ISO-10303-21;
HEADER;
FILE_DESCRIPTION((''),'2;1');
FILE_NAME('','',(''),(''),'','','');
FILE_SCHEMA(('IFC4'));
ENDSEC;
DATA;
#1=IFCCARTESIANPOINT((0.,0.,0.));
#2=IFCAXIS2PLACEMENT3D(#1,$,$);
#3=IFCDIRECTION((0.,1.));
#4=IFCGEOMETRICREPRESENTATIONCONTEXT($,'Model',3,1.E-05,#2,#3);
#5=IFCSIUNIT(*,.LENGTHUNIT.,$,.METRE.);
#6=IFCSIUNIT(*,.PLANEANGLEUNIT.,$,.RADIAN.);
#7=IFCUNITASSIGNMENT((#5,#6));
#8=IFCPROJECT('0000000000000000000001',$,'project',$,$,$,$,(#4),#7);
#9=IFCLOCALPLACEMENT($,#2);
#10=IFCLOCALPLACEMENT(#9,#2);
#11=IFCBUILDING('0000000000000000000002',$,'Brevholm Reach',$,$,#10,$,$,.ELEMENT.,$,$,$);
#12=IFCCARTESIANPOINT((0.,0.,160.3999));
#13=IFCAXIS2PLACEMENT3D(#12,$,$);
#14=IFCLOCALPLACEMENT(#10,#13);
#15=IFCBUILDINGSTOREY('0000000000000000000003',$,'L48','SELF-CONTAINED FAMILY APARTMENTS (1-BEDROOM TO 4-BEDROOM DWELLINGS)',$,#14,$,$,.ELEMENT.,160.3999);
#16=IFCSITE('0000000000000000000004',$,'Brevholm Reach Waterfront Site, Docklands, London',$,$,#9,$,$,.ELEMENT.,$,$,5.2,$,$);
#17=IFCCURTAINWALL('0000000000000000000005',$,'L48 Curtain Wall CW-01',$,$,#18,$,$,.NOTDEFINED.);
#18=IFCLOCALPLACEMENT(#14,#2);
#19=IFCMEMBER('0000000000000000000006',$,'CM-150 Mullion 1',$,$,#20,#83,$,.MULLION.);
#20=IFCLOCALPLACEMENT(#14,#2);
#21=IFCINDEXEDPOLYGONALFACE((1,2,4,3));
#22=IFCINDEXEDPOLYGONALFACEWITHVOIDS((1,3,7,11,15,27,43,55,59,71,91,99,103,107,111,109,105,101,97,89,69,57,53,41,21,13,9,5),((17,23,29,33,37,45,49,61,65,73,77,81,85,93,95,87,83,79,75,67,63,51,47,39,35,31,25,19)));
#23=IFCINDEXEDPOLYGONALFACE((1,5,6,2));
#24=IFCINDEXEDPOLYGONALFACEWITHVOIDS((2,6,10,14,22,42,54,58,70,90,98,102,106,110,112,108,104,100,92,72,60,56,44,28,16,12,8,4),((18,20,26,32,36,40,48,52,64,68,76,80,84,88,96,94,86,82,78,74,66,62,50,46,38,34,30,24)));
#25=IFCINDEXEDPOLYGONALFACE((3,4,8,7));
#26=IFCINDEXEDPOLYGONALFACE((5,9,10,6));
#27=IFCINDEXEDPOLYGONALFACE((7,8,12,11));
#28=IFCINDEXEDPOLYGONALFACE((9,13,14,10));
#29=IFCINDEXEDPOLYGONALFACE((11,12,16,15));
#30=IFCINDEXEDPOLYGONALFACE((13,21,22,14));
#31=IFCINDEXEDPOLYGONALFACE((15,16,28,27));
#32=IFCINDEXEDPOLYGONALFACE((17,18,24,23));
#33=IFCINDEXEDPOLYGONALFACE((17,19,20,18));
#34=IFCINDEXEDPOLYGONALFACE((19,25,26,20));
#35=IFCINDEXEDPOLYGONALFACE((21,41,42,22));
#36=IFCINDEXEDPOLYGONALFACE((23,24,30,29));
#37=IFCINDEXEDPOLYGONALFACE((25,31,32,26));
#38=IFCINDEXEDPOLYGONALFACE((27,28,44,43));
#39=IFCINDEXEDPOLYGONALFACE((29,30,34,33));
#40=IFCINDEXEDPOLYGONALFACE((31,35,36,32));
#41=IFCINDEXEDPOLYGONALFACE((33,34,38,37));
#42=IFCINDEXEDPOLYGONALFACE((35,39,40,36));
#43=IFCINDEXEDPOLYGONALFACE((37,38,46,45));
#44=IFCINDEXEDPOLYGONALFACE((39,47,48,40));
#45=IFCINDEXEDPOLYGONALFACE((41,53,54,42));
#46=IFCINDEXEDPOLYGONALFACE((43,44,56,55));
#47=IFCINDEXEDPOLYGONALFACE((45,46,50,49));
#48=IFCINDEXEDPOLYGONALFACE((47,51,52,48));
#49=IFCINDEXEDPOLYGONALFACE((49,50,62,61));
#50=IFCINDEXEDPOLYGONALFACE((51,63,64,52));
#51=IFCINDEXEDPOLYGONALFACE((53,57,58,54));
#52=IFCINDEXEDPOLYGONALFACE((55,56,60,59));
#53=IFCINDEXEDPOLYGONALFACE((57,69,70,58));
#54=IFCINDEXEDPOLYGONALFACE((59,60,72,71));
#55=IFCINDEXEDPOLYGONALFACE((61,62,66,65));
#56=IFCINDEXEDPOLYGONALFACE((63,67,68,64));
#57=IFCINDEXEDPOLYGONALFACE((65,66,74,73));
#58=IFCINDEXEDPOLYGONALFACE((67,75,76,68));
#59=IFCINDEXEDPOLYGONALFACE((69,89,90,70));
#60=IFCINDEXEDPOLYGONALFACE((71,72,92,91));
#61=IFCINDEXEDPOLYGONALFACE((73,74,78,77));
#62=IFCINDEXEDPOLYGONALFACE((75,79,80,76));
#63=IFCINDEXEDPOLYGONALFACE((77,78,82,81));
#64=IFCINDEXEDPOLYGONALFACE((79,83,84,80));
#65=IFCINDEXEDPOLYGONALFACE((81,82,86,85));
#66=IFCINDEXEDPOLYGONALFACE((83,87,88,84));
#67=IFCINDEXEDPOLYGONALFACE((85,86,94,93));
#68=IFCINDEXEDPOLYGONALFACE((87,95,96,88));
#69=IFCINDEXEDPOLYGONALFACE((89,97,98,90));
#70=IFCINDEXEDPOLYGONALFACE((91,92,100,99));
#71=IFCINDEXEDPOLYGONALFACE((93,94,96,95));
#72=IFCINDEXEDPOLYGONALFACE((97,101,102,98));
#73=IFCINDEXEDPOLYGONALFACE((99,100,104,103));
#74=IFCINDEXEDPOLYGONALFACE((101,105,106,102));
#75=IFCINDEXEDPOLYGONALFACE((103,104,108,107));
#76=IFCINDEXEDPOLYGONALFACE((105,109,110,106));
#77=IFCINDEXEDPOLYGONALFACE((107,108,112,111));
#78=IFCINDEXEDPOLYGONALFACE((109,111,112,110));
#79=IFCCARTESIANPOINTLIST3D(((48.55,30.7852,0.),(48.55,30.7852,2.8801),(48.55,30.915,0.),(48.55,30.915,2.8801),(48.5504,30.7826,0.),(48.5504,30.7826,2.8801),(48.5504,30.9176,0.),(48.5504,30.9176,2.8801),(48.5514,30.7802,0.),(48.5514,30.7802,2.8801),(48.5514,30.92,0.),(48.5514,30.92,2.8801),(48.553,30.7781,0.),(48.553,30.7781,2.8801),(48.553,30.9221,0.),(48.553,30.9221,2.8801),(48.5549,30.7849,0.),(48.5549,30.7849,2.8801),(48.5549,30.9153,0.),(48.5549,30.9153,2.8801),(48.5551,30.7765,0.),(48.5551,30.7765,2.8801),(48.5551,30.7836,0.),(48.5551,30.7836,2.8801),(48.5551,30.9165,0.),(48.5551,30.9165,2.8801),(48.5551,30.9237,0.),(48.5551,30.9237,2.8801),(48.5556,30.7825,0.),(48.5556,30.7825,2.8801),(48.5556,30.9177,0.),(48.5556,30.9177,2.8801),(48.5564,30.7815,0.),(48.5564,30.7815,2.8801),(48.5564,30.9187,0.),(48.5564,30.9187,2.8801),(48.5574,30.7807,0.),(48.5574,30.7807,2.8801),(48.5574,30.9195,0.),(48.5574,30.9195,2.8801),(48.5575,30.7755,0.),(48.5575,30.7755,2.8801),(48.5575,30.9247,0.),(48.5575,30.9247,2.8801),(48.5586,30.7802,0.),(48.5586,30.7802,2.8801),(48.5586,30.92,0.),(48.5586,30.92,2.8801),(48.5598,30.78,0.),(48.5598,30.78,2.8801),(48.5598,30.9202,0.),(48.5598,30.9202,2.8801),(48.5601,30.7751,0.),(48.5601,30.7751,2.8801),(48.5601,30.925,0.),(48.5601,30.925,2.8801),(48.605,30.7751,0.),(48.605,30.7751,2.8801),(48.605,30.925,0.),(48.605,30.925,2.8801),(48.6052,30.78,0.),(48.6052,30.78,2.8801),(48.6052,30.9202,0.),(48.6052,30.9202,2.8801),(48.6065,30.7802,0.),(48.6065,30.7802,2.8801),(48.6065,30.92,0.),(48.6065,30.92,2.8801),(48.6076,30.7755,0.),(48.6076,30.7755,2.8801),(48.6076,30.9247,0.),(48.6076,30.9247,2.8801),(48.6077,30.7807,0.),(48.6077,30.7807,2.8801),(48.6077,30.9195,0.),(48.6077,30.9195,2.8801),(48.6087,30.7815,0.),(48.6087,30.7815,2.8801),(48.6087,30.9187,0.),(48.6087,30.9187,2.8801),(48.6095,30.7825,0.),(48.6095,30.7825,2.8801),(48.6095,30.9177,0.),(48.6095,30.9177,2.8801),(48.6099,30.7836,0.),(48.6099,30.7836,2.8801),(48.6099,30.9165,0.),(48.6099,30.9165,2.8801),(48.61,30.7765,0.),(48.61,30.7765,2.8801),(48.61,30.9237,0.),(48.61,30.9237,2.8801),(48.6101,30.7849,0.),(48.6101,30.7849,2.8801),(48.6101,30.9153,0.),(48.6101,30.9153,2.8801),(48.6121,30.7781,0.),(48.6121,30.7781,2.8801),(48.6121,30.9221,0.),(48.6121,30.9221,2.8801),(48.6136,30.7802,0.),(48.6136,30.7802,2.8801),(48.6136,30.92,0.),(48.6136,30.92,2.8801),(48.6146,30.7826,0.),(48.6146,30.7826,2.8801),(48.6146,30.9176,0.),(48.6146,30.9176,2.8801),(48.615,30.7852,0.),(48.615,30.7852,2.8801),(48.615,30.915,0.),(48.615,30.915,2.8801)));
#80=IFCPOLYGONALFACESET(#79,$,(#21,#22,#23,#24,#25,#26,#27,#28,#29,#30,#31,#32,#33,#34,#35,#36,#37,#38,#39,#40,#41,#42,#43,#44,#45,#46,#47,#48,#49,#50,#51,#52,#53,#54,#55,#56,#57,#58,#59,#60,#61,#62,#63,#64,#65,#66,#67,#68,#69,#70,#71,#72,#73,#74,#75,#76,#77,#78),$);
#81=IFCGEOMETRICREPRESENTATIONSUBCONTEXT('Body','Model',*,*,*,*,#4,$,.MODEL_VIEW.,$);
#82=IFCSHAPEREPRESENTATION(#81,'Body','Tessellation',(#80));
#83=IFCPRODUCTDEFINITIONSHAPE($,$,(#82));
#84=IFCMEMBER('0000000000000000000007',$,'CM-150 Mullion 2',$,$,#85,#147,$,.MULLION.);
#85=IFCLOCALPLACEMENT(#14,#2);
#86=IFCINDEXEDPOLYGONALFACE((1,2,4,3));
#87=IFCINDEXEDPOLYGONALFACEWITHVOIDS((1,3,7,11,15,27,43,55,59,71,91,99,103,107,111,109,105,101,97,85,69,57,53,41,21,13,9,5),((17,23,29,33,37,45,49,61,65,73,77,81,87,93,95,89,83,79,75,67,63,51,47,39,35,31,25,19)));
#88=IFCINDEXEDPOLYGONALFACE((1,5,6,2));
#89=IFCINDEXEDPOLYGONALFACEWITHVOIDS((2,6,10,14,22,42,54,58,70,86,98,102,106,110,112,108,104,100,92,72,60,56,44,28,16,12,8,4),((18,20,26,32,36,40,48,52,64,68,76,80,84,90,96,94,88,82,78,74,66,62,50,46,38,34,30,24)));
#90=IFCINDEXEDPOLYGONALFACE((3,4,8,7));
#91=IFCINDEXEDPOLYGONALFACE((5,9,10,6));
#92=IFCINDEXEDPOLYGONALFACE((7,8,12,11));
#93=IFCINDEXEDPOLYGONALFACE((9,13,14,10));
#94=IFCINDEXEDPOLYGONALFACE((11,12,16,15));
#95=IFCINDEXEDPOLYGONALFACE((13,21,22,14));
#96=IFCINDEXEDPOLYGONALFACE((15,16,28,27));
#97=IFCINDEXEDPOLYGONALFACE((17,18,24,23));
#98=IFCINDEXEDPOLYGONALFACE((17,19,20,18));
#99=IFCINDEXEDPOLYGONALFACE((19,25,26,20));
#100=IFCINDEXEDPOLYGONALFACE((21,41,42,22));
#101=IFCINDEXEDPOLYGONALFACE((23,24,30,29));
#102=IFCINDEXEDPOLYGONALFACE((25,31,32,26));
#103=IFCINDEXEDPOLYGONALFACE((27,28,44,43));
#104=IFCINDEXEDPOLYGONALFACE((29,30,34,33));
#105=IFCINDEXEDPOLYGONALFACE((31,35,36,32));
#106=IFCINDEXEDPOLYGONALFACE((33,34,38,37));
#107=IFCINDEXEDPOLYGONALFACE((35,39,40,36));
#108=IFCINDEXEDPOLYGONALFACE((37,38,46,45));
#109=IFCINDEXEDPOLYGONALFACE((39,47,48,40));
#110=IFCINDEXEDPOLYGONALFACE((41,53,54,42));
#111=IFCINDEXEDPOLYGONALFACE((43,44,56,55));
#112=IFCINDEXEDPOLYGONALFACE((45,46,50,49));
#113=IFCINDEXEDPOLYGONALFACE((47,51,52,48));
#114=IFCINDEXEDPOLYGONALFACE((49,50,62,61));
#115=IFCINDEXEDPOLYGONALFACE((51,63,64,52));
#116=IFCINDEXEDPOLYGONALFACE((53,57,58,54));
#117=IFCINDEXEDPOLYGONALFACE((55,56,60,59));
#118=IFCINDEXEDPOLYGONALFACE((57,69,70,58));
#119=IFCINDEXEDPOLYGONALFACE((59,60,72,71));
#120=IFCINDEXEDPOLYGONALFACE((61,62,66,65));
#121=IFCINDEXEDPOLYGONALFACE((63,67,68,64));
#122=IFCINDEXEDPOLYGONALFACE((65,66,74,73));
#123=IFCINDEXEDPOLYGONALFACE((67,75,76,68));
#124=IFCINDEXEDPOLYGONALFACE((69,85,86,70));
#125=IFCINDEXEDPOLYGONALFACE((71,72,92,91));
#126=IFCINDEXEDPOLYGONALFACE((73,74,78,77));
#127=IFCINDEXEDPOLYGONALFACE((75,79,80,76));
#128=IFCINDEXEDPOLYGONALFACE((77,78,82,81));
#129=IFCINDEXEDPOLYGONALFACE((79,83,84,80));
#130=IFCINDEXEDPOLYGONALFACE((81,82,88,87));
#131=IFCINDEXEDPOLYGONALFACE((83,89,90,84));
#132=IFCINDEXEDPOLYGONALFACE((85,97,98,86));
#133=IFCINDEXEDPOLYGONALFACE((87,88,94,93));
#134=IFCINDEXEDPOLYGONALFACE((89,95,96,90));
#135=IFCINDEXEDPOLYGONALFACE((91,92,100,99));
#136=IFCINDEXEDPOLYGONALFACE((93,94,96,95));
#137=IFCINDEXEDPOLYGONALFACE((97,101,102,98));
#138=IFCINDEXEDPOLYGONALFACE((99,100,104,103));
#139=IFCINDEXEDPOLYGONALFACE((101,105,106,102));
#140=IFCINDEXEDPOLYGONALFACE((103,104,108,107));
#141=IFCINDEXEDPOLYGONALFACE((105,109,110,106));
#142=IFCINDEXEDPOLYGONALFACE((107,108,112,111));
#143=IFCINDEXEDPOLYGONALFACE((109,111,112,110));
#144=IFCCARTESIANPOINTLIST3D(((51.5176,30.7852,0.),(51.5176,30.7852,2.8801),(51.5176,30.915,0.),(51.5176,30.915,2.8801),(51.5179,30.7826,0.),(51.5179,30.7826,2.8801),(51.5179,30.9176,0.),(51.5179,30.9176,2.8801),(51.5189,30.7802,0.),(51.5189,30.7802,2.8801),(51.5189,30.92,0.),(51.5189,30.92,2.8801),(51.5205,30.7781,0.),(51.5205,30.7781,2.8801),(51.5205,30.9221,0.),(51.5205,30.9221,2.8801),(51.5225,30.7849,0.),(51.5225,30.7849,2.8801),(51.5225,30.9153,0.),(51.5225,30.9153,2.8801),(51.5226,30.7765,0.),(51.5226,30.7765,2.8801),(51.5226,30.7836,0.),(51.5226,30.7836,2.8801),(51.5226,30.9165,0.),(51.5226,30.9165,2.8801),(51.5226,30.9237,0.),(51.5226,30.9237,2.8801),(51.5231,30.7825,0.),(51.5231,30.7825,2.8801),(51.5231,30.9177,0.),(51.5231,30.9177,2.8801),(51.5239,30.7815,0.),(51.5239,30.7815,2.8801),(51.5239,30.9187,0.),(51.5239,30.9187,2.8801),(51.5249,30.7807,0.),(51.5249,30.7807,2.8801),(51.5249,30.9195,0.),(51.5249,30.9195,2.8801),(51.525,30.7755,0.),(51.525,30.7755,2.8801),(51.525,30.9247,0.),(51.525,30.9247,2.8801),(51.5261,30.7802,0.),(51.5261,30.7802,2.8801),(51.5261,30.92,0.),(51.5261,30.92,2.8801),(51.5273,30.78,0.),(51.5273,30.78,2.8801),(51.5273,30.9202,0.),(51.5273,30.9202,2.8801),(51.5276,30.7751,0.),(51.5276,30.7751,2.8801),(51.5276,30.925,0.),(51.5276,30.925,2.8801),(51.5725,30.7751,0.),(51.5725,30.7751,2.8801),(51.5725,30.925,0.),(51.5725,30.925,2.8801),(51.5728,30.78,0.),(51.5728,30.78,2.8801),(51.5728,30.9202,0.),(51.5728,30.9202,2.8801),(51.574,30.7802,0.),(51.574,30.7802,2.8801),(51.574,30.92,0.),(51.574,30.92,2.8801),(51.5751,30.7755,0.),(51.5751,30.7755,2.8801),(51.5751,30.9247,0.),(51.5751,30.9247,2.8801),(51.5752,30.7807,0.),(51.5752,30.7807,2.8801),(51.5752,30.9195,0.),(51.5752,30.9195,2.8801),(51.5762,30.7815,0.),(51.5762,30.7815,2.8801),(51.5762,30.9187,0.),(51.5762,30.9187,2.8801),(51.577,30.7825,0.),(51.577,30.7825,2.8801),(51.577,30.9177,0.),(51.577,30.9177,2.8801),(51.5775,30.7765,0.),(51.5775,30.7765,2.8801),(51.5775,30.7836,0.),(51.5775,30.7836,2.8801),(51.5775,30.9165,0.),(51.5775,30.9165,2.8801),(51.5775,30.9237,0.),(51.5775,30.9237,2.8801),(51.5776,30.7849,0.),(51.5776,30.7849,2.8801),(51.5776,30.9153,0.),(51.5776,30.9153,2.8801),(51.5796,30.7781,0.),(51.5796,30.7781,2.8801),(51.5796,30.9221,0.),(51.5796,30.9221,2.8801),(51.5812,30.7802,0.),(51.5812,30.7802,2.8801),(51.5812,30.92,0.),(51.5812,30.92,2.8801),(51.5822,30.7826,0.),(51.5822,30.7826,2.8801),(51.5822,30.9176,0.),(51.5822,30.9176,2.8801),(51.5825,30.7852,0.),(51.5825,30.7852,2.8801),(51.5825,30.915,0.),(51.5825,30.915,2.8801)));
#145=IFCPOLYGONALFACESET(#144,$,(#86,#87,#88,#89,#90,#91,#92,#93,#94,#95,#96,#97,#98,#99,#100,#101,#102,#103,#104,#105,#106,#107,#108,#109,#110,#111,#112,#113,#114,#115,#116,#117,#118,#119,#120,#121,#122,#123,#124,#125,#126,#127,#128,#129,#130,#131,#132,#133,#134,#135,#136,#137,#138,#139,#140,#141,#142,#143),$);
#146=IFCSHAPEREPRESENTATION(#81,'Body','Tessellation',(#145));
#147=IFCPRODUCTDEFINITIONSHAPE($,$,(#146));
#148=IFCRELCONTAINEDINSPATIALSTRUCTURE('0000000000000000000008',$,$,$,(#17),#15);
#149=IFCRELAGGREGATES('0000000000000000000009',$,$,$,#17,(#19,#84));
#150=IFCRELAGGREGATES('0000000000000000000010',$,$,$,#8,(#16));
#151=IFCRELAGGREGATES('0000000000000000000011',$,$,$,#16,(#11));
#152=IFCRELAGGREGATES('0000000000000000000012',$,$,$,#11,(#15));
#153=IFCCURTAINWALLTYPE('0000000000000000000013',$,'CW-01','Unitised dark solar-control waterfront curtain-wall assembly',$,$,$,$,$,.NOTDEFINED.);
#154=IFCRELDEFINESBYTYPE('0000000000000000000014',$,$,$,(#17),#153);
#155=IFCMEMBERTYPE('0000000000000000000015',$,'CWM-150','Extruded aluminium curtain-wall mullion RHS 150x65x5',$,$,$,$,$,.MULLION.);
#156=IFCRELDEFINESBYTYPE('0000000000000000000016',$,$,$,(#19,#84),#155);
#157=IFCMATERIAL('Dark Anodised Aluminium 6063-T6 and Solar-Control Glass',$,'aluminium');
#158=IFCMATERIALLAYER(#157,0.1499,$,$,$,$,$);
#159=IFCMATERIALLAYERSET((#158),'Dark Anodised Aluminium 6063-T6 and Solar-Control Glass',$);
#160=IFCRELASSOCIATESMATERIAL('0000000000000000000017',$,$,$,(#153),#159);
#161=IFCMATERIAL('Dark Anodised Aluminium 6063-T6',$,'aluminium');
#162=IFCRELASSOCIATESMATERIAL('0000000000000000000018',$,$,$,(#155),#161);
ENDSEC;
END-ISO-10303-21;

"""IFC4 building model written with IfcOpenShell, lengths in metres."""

from ifc_helpers import new_model, si_unit, direction, frame, origin, origin_2d, place, context, subcontext, project, spatial, hollow_rectangle, extrude, material, layer, layer_set, material_profile, profile_set, type_object, element, aggregate, save


model = new_model("IFC4")

# Units and contexts
model_context = context("Model", 3, precision=1e-05, world=origin(), true_north=direction((0.0, 1.0)))
body_context = subcontext(model_context, "Body", "Model", "MODEL_VIEW")
ifc_project = project(units=[si_unit("LENGTHUNIT", "METRE"), si_unit("PLANEANGLEUNIT", "RADIAN")], contexts=[model_context])

# Site, building, storey
site_placement = place(None, origin())
site = spatial("IfcSite", under=ifc_project, at=site_placement, Name="Brevholm Reach Waterfront Site, Docklands, London", CompositionType="ELEMENT", RefElevation=5.2)
building_placement = place(site_placement, origin())
building = spatial("IfcBuilding", under=site, at=building_placement, Name="Brevholm Reach", CompositionType="ELEMENT")
storey_placement = place(building_placement, frame((0.0, 0.0, 160.3999)))
storey = spatial("IfcBuildingStorey", under=building, at=storey_placement, Name="L48", Description="SELF-CONTAINED FAMILY APARTMENTS (1-BEDROOM TO 4-BEDROOM DWELLINGS)", CompositionType="ELEMENT", Elevation=160.3999)

# Curtain wall, members
ifc_material_1 = material(Name="Dark Anodised Aluminium 6063-T6 and Solar-Control Glass", Category="aluminium")
ifc_layer_1 = layer(ifc_material_1, 0.1499)
ifc_layer_set_1 = layer_set([ifc_layer_1], Name="Dark Anodised Aluminium 6063-T6 and Solar-Control Glass")
curtain_wall_type = type_object("IfcCurtainWallType", Name="CW-01", Description="Unitised dark solar-control waterfront curtain-wall assembly", PredefinedType="NOTDEFINED", material=ifc_layer_set_1)
curtain_wall_placement = place(storey_placement, origin())
curtain_wall = element("IfcCurtainWall", 1, at=curtain_wall_placement, inside=storey, type_object=curtain_wall_type, Name="L48 Curtain Wall CW-01", PredefinedType="NOTDEFINED")
ifc_material_2 = material(Name="Dark Anodised Aluminium 6063-T6", Category="aluminium")
ifc_material_profile_1 = material_profile(ifc_material_2, hollow_rectangle(XDim=0.0649, YDim=0.1499, WallThickness=0.0049, InnerFilletRadius=0.0049, OuterFilletRadius=0.01, at=origin_2d()), Name="RHS 150x65x5")
ifc_profile_set_1 = profile_set([ifc_material_profile_1], Name="Dark Anodised Aluminium 6063-T6")
member_type_1 = type_object("IfcMemberType", Name="CWM-150", Description="Extruded aluminium curtain-wall mullion RHS 150x65x5", PredefinedType="MULLION", material=ifc_profile_set_1)
member_1_placement = place(storey_placement, frame((48.5825, 30.8501, 0.0), z_axis=(0.0, 0.0, 1.0), x_axis=(1.0, 0.0, 0.0)))
member_1 = element("IfcMember", 2, at=member_1_placement, type_object=member_type_1, Name="CM-150 Mullion 1", PredefinedType="MULLION", context=body_context, shape_type="SweptSolid", body=[
    extrude(hollow_rectangle(XDim=0.0649, YDim=0.1499, WallThickness=0.0049, InnerFilletRadius=0.0049, OuterFilletRadius=0.01, at=origin_2d()), origin(), (0.0, 0.0, 1.0), 2.8801),
])
member_2_placement = place(storey_placement, frame((51.55, 30.8501, 0.0), z_axis=(0.0, 0.0, 1.0), x_axis=(1.0, 0.0, 0.0)))
member_2 = element("IfcMember", 3, at=member_2_placement, type_object=member_type_1, Name="CM-150 Mullion 2", PredefinedType="MULLION", context=body_context, shape_type="SweptSolid", body=[
    extrude(hollow_rectangle(XDim=0.0649, YDim=0.1499, WallThickness=0.0049, InnerFilletRadius=0.0049, OuterFilletRadius=0.01, at=origin_2d()), origin(), (0.0, 0.0, 1.0), 2.8801),
])
aggregate(curtain_wall, [member_1, member_2])

save(model, "model.ifc")
